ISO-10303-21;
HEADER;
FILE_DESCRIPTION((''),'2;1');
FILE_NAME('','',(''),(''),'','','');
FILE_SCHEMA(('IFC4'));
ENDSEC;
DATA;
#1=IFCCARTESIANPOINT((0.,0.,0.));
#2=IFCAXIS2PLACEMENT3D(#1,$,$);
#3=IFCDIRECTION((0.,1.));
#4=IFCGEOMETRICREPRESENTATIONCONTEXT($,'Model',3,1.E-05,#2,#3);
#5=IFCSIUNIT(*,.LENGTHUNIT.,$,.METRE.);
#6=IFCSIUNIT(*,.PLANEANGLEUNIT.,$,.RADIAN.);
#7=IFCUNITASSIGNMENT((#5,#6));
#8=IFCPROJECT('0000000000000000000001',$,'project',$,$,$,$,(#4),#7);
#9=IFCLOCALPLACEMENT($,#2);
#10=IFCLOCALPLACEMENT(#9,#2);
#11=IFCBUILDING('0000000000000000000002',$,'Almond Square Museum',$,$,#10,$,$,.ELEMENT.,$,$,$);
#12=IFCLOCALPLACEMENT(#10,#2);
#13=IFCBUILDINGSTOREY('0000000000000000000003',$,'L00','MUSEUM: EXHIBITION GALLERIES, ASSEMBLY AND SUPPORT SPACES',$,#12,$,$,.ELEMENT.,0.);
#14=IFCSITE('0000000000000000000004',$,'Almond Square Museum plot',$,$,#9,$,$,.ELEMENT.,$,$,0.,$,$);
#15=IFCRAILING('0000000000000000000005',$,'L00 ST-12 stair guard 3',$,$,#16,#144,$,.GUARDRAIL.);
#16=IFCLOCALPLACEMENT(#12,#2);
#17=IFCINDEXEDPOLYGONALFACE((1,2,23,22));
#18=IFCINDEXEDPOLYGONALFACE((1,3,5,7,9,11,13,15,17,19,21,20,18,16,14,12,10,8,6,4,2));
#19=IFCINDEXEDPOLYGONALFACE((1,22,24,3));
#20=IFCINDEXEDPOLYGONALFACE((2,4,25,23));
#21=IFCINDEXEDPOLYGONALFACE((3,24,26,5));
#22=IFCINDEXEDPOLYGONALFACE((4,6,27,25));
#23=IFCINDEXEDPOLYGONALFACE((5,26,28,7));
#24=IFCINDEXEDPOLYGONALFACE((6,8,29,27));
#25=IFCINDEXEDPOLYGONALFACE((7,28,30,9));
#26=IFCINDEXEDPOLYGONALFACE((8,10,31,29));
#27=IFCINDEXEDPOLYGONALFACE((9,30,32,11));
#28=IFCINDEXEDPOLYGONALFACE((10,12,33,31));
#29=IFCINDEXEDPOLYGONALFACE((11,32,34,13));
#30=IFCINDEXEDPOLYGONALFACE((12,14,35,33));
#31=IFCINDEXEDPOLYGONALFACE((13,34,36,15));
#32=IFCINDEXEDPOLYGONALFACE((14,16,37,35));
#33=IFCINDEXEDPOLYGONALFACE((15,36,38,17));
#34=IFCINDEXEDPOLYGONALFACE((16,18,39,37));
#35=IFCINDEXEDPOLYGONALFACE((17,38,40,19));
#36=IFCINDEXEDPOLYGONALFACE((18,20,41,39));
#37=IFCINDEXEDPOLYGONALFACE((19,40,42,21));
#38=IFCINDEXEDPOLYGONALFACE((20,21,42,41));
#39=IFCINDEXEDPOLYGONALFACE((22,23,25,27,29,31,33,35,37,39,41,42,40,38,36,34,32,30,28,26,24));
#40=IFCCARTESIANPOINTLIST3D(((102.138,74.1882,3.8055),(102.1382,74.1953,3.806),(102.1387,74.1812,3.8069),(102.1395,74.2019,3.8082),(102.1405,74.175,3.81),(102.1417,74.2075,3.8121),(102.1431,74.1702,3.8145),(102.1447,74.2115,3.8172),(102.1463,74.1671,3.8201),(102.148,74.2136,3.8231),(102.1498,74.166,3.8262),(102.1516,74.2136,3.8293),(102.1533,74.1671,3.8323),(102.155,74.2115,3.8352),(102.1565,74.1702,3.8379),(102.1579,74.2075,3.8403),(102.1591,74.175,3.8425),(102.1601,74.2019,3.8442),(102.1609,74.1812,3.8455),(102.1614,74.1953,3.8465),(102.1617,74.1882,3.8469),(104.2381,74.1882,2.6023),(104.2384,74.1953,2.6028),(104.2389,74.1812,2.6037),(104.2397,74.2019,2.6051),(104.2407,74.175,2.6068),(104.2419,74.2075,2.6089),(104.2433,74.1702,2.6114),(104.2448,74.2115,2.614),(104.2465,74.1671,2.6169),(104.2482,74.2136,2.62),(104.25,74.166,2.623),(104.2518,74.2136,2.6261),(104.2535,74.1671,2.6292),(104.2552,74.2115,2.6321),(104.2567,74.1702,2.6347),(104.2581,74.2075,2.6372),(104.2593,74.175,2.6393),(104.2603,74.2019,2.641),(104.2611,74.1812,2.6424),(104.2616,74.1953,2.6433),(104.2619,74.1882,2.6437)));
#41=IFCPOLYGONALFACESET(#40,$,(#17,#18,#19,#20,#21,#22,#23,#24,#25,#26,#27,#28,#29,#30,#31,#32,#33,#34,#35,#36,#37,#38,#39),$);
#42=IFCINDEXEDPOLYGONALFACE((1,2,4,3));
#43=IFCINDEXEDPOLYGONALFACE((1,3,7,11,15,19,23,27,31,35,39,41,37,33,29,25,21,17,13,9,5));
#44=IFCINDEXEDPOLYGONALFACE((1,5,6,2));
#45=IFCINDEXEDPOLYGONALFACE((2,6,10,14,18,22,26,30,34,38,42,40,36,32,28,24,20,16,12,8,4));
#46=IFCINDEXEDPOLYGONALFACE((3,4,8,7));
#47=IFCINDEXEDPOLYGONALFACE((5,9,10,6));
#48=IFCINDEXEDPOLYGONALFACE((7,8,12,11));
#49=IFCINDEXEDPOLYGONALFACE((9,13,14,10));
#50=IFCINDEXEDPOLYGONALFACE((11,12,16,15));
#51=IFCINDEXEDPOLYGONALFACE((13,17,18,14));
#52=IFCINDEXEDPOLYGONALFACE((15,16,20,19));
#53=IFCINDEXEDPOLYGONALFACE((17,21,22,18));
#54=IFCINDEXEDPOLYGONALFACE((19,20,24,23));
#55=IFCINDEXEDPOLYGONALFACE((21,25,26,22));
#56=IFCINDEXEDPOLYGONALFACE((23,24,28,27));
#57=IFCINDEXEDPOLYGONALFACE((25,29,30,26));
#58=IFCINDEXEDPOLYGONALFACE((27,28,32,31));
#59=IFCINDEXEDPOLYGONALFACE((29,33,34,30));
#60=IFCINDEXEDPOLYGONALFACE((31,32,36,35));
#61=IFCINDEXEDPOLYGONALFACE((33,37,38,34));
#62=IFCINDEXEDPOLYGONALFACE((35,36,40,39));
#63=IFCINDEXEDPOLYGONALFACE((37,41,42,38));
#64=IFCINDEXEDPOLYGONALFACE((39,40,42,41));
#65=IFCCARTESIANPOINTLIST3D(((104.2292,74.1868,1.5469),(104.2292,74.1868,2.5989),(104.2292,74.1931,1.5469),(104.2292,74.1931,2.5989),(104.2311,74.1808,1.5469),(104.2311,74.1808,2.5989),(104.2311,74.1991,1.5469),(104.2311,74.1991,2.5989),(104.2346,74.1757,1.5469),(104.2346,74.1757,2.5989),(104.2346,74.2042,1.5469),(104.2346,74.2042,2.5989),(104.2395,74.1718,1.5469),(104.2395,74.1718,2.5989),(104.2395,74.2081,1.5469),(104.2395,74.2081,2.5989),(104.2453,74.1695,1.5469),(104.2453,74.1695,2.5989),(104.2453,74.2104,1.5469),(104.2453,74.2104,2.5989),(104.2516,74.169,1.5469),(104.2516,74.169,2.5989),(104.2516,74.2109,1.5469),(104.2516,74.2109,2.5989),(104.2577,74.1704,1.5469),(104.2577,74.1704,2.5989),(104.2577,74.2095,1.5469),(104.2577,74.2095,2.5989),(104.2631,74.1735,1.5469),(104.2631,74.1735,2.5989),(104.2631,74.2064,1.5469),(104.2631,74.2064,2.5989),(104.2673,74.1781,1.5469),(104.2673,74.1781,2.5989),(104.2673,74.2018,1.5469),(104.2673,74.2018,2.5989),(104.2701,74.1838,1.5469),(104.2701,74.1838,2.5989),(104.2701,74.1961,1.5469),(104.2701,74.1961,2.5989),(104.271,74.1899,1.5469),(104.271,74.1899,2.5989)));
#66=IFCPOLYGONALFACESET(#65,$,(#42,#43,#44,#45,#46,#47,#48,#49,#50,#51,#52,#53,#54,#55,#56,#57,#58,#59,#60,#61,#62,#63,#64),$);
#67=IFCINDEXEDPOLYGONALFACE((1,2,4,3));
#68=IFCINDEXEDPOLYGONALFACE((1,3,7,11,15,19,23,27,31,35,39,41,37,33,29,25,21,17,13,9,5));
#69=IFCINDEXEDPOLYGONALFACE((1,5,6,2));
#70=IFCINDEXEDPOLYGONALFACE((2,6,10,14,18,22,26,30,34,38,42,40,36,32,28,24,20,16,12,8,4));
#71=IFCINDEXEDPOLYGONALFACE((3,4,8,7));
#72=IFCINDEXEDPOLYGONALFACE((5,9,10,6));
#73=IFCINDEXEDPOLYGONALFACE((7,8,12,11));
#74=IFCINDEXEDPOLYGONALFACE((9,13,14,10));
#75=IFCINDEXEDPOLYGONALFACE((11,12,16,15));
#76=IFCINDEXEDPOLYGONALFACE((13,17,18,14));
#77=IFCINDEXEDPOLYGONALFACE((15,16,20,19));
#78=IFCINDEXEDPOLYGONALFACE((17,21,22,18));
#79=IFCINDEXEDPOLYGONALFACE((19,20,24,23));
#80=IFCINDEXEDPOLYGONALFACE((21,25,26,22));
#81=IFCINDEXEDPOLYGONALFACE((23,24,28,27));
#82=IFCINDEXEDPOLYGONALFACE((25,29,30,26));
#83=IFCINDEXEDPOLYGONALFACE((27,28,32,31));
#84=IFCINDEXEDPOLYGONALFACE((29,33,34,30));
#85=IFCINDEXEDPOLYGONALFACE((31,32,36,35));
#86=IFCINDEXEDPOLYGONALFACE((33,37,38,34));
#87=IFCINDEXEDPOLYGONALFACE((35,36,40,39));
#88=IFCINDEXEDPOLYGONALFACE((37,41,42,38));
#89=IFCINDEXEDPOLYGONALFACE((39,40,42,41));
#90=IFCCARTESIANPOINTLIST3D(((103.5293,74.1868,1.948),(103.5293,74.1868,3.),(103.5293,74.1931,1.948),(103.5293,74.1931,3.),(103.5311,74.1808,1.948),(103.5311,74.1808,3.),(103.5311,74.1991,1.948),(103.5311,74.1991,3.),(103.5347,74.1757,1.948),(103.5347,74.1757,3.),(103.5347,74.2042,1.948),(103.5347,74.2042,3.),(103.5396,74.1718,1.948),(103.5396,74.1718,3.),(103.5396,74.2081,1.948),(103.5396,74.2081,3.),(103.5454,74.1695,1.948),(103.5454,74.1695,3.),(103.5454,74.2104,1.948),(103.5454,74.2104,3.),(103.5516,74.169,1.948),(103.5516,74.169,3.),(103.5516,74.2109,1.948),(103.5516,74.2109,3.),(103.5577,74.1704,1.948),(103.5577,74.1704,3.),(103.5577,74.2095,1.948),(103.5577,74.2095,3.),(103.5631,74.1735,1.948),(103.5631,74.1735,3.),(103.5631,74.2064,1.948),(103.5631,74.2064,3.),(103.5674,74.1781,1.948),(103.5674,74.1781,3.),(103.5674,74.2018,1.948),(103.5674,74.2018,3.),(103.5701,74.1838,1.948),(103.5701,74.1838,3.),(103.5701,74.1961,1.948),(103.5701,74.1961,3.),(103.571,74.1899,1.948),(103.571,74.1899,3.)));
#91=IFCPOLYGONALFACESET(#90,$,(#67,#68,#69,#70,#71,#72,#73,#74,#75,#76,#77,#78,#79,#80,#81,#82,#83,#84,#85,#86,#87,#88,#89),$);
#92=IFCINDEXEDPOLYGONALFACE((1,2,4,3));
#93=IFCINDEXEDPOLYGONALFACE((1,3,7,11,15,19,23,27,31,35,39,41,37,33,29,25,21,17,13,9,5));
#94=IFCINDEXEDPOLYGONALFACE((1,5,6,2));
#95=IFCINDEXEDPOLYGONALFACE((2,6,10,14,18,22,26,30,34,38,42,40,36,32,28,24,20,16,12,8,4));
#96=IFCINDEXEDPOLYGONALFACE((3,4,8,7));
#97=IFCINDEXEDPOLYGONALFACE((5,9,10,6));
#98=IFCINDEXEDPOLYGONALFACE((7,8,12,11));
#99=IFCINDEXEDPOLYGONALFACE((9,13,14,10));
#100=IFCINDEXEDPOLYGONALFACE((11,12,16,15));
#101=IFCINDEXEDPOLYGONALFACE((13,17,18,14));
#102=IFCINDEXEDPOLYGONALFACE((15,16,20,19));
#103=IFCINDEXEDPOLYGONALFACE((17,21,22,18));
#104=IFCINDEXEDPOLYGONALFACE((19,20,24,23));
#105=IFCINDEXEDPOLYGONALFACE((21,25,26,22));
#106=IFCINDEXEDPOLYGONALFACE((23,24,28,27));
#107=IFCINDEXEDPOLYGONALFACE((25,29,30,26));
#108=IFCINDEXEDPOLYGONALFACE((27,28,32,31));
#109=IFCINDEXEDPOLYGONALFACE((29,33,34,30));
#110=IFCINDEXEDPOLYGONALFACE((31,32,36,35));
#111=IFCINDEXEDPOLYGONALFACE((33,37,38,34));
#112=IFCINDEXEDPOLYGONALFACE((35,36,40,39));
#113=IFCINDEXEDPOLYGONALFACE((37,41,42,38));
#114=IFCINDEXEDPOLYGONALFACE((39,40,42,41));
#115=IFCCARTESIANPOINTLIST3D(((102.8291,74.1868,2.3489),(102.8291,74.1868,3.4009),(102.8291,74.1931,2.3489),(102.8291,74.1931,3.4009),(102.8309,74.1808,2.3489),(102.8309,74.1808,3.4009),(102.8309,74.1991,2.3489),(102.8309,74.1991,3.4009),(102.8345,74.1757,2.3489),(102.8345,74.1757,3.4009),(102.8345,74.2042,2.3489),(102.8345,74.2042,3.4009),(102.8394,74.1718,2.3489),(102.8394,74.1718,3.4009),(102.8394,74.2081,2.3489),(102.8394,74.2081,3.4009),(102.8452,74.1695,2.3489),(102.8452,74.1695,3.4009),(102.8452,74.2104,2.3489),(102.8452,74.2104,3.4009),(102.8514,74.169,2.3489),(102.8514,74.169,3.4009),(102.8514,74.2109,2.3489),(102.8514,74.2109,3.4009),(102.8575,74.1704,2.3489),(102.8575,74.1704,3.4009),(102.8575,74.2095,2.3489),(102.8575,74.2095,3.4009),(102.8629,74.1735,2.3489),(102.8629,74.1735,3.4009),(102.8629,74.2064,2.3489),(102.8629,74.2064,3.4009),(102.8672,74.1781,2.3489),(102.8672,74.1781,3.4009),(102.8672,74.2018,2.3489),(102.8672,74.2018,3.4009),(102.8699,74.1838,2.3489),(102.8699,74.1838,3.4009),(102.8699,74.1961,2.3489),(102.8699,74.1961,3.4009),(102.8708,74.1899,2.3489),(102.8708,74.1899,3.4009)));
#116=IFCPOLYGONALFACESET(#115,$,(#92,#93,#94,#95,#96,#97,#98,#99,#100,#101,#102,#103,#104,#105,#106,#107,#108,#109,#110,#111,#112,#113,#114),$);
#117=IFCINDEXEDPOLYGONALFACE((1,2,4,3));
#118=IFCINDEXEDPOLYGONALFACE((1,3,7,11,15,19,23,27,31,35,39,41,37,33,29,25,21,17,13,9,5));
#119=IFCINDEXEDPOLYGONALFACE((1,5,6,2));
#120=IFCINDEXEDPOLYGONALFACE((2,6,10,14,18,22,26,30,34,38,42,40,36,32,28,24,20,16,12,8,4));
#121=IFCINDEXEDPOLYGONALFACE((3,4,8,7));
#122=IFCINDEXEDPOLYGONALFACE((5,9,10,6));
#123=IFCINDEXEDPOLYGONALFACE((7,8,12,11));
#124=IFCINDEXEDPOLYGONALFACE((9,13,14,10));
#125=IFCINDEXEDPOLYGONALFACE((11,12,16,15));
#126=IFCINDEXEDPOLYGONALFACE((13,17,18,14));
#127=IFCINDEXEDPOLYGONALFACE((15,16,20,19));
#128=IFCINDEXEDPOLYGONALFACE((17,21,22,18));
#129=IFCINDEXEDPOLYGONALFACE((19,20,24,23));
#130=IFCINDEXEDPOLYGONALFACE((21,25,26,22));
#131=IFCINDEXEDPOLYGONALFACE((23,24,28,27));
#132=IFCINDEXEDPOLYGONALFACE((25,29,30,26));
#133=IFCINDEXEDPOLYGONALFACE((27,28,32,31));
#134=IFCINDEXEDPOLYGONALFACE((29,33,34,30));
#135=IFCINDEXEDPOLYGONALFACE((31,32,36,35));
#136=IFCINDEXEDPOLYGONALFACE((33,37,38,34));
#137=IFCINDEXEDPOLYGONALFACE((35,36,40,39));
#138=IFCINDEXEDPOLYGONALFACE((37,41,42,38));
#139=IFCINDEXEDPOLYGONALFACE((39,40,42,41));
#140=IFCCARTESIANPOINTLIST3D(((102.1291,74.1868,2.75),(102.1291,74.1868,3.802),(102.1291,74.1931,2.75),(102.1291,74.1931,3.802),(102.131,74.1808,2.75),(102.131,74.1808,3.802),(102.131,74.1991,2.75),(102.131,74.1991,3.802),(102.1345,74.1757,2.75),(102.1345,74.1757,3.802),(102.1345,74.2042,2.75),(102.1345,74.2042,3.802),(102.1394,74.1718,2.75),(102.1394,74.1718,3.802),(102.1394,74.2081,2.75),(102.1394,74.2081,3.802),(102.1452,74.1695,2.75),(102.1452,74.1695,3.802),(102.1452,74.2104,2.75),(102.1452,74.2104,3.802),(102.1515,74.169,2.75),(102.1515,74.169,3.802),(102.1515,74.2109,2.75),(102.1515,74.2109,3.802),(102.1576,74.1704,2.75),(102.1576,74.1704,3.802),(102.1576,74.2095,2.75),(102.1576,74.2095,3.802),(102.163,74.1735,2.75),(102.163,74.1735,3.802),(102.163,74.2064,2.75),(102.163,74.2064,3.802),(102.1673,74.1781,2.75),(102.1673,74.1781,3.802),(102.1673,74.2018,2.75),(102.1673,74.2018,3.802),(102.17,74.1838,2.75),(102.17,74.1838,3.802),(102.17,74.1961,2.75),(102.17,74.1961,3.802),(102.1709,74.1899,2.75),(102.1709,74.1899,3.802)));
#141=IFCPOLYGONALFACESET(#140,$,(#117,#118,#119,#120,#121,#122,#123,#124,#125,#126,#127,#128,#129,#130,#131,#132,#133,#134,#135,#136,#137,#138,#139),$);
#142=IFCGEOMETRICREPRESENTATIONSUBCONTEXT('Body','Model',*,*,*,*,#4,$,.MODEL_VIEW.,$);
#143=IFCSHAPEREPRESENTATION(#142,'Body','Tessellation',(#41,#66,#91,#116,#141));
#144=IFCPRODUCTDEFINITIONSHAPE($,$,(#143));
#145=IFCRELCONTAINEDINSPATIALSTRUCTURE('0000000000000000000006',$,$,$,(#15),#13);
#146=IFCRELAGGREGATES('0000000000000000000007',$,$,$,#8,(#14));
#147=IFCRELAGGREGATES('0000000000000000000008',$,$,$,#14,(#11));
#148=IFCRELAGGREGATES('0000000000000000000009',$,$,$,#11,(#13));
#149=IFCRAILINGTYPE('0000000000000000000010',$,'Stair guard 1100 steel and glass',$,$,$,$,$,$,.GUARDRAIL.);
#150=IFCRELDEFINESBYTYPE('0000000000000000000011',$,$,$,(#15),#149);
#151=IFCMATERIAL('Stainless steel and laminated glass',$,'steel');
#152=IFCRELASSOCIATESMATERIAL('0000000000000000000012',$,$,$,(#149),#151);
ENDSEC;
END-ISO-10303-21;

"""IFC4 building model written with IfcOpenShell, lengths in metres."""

from ifc_helpers import new_model, si_unit, direction, frame, origin, origin_2d, place, context, subcontext, project, spatial, circle, extrude, material, type_object, element, save


model = new_model("IFC4")

# Units and contexts
model_context = context("Model", 3, precision=1e-05, world=origin(), true_north=direction((0.0, 1.0)))
body_context = subcontext(model_context, "Body", "Model", "MODEL_VIEW")
ifc_project = project(units=[si_unit("LENGTHUNIT", "METRE"), si_unit("PLANEANGLEUNIT", "RADIAN")], contexts=[model_context])

# Site, building, storey
site_placement = place(None, origin())
site = spatial("IfcSite", under=ifc_project, at=site_placement, Name="Almond Square Museum plot", CompositionType="ELEMENT", RefElevation=0.0)
building_placement = place(site_placement, origin())
building = spatial("IfcBuilding", under=site, at=building_placement, Name="Almond Square Museum", CompositionType="ELEMENT")
storey_placement = place(building_placement, origin())
storey = spatial("IfcBuildingStorey", under=building, at=storey_placement, Name="L00", Description="MUSEUM: EXHIBITION GALLERIES, ASSEMBLY AND SUPPORT SPACES", CompositionType="ELEMENT", Elevation=0.0)

# Railing
ifc_material_1 = material(Name="Stainless steel and laminated glass", Category="steel")
railing_type_1 = type_object("IfcRailingType", Name="Stair guard 1100 steel and glass", PredefinedType="GUARDRAIL", material=ifc_material_1)
railing_1_placement = place(storey_placement, frame((104.25, 74.1899, 1.5469)))
element("IfcRailing", 1, at=railing_1_placement, inside=storey, type_object=railing_type_1, Name="L00 ST-12 stair guard 3", PredefinedType="GUARDRAIL", context=body_context, shape_type="SweptSolid", body=[
    extrude(circle(Radius=0.0239, at=origin_2d()), frame((0.0, 0.0, 1.0762), z_axis=(-0.867696, 0.0, 0.497095), x_axis=(0.0, -1.0, 0.0)), (0.0, 0.0, 1.0), 2.4204),
    extrude(circle(Radius=0.021, at=origin_2d()), origin(), (0.0, 0.0, 1.0), 1.052),
    extrude(circle(Radius=0.021, at=origin_2d()), frame((-0.7, 0.0, 0.4011)), (0.0, 0.0, 1.0), 1.052),
    extrude(circle(Radius=0.021, at=origin_2d()), frame((-1.4001, 0.0, 0.802)), (0.0, 0.0, 1.0), 1.052),
    extrude(circle(Radius=0.021, at=origin_2d()), frame((-2.1001, 0.0, 1.2031)), (0.0, 0.0, 1.0), 1.052),
])

save(model, "model.ifc")
